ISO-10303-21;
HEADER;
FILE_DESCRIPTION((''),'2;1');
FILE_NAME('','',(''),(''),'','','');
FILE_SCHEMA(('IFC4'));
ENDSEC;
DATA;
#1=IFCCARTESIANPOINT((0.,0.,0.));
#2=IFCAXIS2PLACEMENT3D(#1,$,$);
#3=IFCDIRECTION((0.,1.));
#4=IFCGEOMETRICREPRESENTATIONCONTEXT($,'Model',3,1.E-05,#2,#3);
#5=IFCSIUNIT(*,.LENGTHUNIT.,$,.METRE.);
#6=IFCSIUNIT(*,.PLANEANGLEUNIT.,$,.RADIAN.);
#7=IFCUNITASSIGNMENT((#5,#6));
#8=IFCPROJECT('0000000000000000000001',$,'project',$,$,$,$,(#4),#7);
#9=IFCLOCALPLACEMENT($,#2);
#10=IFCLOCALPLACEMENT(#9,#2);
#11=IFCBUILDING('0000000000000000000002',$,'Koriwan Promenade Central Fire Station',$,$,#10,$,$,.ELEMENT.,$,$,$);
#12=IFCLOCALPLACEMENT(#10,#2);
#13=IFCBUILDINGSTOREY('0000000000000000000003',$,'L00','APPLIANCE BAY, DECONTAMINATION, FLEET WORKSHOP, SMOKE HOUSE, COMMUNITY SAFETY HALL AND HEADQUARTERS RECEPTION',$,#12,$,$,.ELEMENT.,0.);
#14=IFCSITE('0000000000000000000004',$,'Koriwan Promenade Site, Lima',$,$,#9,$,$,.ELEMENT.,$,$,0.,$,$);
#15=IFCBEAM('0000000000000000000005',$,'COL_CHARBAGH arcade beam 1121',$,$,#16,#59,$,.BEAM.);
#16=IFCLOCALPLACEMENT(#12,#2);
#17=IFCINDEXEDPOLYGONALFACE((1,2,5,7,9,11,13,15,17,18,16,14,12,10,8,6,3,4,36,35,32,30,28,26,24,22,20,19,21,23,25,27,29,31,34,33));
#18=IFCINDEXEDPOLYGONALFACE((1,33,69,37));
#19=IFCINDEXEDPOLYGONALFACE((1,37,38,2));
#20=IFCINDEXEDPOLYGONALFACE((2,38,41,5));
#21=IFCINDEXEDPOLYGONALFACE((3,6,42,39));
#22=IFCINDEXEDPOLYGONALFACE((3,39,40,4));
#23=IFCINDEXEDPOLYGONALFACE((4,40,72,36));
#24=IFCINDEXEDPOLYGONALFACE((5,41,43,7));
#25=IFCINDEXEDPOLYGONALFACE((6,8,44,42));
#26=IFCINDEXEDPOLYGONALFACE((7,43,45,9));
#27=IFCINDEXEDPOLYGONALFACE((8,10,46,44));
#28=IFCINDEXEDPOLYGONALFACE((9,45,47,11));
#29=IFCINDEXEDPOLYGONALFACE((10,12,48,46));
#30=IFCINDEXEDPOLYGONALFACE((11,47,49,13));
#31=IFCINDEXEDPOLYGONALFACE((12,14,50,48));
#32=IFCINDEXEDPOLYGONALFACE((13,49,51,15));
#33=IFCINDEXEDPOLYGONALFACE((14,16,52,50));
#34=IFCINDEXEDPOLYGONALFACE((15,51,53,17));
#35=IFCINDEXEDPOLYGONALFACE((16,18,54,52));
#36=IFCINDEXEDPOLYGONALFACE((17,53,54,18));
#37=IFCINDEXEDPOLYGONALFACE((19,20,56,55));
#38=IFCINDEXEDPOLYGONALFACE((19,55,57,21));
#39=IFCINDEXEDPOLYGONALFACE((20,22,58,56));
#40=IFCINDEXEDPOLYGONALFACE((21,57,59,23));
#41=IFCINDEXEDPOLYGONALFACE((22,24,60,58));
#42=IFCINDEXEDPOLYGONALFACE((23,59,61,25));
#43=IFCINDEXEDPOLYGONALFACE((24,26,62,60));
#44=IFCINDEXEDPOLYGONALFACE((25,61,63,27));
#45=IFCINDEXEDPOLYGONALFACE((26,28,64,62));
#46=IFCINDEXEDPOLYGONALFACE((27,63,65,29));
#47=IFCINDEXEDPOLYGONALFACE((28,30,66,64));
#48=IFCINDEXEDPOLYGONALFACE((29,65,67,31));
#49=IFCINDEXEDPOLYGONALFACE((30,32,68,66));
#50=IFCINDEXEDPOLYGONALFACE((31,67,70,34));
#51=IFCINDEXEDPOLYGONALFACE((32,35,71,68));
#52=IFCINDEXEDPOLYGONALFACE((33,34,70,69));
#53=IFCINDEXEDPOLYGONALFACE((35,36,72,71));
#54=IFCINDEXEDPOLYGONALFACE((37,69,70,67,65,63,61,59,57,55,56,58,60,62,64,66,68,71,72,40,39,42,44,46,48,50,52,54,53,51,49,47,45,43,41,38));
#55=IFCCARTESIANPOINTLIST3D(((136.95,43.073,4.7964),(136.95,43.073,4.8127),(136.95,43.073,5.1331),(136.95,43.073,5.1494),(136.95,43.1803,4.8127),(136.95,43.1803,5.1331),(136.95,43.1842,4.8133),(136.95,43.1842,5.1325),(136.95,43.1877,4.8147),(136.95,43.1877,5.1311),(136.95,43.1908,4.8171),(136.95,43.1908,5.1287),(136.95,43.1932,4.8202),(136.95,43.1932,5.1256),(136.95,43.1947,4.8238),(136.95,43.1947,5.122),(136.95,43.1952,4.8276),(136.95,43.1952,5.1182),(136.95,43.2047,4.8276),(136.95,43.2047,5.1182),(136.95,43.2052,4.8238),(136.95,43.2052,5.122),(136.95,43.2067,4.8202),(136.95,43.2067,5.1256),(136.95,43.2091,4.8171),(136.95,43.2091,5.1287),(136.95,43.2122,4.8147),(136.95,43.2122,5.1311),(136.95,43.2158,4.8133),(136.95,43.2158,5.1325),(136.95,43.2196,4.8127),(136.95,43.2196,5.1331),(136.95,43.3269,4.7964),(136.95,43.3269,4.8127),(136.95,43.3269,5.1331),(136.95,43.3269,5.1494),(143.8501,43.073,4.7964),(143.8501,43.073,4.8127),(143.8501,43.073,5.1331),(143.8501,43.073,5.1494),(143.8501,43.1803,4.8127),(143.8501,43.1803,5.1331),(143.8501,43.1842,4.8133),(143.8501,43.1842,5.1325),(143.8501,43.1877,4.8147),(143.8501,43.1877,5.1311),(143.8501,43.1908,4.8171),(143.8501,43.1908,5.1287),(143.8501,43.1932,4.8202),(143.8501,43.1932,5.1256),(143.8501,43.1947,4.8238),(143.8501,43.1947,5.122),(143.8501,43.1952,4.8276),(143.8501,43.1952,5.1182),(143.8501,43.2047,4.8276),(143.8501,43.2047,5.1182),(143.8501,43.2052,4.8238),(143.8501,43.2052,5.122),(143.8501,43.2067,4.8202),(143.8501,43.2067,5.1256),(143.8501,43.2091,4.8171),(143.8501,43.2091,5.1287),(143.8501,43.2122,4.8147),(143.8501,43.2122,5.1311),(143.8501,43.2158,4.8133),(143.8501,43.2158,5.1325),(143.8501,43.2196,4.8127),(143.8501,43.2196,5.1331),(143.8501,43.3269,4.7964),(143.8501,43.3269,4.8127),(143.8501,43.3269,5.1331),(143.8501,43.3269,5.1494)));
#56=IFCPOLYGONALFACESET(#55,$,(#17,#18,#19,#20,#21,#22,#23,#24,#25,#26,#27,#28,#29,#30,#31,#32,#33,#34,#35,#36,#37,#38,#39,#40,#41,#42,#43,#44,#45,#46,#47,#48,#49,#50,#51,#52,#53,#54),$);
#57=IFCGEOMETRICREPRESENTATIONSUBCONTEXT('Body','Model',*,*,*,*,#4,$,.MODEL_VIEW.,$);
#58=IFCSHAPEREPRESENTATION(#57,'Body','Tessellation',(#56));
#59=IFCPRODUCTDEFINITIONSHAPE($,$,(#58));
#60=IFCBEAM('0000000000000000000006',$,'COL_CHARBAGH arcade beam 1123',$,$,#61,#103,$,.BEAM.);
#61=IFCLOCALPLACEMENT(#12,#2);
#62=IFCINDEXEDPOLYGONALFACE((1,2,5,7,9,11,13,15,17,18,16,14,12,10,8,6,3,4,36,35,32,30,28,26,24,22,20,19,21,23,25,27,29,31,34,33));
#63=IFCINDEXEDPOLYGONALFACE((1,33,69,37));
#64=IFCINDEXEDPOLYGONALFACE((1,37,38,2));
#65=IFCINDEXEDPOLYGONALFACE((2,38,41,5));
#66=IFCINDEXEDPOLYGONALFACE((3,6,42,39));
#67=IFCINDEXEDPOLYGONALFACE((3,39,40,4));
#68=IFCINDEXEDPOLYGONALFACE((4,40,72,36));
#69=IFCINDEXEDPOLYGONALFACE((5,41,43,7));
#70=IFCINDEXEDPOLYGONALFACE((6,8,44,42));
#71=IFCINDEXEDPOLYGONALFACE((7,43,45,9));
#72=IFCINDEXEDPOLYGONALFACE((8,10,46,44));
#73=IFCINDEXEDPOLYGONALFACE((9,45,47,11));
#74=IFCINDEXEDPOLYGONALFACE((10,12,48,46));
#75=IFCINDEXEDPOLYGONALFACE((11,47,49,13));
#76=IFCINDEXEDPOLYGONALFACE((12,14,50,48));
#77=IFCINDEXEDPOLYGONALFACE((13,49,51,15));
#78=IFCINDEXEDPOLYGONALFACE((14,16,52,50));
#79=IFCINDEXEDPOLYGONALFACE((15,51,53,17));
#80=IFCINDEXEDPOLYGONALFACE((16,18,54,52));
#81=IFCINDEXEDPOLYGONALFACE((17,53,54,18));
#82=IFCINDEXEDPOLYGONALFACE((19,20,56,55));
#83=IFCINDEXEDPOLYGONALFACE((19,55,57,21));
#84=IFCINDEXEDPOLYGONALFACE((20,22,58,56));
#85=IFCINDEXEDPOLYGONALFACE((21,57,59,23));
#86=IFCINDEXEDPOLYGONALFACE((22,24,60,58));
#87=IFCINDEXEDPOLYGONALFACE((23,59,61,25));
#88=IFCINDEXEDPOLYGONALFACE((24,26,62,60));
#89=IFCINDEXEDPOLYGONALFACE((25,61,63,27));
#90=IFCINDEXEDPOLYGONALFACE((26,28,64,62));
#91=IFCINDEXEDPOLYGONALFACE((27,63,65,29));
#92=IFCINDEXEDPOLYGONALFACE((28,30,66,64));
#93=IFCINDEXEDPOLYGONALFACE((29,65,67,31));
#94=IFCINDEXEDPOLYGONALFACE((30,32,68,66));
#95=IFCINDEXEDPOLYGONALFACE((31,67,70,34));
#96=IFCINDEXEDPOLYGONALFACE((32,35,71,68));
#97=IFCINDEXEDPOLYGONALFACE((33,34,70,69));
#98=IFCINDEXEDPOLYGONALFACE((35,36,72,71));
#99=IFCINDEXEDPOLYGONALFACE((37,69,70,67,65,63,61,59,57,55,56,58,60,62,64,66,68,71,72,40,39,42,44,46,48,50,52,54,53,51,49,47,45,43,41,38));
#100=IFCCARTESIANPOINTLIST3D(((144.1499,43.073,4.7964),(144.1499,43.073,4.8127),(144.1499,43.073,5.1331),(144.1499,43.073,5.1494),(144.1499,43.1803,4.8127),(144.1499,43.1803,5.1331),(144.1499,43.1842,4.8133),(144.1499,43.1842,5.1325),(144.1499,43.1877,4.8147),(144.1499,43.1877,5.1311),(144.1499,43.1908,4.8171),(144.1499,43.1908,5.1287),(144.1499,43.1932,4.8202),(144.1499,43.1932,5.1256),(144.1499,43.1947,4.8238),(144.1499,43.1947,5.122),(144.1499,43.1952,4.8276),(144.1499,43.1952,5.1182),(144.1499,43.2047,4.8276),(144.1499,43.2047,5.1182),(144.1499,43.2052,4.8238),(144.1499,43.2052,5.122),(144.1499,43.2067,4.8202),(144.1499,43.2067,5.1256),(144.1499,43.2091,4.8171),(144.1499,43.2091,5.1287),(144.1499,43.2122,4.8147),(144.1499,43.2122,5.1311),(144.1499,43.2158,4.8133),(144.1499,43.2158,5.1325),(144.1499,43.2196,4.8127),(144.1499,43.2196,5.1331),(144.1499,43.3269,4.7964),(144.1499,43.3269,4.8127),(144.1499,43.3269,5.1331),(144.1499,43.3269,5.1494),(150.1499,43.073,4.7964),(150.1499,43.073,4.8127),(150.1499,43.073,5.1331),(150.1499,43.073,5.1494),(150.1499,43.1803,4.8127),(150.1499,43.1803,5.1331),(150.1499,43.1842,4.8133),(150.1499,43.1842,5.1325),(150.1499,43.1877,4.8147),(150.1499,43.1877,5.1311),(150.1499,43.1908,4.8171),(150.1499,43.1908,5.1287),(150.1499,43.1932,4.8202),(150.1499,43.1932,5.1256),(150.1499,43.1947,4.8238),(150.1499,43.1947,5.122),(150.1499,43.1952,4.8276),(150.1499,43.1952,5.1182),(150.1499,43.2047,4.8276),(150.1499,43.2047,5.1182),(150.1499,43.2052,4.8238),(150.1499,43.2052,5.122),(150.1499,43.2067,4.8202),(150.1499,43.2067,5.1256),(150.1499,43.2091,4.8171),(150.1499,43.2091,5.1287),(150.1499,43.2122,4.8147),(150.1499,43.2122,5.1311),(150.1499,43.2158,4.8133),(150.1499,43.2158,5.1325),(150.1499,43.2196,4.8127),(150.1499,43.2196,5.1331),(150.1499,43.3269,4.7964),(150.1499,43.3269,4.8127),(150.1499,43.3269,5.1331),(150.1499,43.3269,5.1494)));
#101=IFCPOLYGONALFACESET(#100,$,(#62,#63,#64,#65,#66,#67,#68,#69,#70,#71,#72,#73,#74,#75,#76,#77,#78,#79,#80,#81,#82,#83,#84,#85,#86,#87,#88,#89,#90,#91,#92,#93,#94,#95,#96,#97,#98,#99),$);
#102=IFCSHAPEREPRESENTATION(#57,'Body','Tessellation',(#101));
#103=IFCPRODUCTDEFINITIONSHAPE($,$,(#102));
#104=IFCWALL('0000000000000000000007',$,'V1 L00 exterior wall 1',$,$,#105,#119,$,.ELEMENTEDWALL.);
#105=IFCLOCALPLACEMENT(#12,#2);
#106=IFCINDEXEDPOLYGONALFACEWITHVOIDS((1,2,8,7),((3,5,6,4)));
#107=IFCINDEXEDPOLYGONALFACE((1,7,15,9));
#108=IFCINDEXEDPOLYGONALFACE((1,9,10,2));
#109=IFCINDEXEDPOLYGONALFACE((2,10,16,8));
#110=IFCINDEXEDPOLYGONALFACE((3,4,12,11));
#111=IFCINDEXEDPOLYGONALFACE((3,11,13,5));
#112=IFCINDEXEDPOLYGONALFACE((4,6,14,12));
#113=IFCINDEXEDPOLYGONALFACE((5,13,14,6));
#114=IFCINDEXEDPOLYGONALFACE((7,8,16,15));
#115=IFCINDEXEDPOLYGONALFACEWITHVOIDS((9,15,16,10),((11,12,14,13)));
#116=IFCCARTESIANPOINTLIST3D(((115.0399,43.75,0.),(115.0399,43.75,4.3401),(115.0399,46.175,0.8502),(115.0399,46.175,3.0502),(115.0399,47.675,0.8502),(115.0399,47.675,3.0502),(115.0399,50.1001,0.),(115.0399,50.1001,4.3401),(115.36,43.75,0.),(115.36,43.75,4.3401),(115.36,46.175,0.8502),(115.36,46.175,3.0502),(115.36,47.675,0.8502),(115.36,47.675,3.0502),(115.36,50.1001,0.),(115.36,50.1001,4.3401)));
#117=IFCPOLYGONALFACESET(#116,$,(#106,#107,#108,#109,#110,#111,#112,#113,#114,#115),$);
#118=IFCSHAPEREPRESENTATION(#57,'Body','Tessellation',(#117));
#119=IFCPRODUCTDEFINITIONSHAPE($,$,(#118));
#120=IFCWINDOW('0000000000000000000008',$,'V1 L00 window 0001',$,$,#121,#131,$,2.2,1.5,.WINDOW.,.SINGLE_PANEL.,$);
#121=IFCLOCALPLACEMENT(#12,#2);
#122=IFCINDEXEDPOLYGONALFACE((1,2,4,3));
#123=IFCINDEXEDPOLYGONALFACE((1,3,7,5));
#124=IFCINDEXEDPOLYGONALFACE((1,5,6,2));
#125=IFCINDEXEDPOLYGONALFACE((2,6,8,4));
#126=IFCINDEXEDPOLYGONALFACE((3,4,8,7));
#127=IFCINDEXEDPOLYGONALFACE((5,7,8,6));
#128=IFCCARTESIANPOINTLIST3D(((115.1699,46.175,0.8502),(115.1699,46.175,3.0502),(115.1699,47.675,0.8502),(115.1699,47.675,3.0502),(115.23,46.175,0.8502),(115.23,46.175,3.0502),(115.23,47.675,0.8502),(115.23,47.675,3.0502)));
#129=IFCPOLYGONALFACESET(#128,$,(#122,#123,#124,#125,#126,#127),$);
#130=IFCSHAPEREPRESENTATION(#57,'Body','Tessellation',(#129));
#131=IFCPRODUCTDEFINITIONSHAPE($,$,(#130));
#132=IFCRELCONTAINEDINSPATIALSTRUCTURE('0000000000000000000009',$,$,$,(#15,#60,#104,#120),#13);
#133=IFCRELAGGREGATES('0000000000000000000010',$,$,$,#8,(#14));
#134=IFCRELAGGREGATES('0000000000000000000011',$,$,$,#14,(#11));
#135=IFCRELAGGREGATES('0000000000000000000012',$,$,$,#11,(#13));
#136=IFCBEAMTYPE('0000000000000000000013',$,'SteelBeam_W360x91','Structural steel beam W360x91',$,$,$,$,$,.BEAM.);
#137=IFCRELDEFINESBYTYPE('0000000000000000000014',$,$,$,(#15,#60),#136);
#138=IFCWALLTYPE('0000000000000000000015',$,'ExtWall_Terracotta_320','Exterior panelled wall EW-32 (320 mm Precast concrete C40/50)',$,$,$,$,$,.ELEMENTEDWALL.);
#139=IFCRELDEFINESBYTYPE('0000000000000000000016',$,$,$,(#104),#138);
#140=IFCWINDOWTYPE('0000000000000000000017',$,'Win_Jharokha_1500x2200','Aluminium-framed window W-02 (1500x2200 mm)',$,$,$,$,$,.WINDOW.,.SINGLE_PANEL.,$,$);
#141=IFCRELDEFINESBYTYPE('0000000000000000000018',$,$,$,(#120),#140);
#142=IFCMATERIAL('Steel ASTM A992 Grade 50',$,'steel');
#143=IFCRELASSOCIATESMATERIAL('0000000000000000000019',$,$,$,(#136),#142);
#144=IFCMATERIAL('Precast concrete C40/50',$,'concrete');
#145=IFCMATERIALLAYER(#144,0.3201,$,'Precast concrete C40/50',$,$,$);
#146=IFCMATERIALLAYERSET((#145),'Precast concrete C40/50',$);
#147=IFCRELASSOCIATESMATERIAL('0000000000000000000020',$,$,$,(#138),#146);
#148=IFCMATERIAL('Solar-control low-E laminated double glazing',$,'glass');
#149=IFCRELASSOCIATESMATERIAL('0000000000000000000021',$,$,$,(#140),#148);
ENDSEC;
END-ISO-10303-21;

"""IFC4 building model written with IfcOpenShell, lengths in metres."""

from ifc_helpers import new_model, si_unit, direction, frame, frame_2d, origin, origin_2d, place, context, subcontext, project, spatial, rectangle, i_section, extrude, material, layer, layer_set, material_profile, profile_set, type_object, element, fill, save


model = new_model("IFC4")

# Units and contexts
model_context = context("Model", 3, precision=1e-05, world=origin(), true_north=direction((0.0, 1.0)))
body_context = subcontext(model_context, "Body", "Model", "MODEL_VIEW")
ifc_project = project(units=[si_unit("LENGTHUNIT", "METRE"), si_unit("PLANEANGLEUNIT", "RADIAN")], contexts=[model_context])

# Site, building, storey
site_placement = place(None, origin())
site = spatial("IfcSite", under=ifc_project, at=site_placement, Name="Koriwan Promenade Site, Lima", CompositionType="ELEMENT", RefElevation=0.0)
building_placement = place(site_placement, origin())
building = spatial("IfcBuilding", under=site, at=building_placement, Name="Koriwan Promenade Central Fire Station", CompositionType="ELEMENT")
storey_placement = place(building_placement, origin())
storey = spatial("IfcBuildingStorey", under=building, at=storey_placement, Name="L00", Description="APPLIANCE BAY, DECONTAMINATION, FLEET WORKSHOP, SMOKE HOUSE, COMMUNITY SAFETY HALL AND HEADQUARTERS RECEPTION", CompositionType="ELEMENT", Elevation=0.0)

# Beams
ifc_material_1 = material(Name="Steel ASTM A992 Grade 50", Category="steel")
ifc_material_profile_1 = material_profile(ifc_material_1, i_section(OverallWidth=0.2539, OverallDepth=0.353, WebThickness=0.0095, FlangeThickness=0.0164, FilletRadius=0.0149, at=origin_2d()), Name="W360x91")
ifc_profile_set_1 = profile_set([ifc_material_profile_1], Name="Steel ASTM A992 Grade 50")
beam_type_1 = type_object("IfcBeamType", Name="SteelBeam_W360x91", Description="Structural steel beam W360x91", PredefinedType="BEAM", material=ifc_profile_set_1)
beam_1_placement = place(storey_placement, frame((136.95, 43.2, 4.9729), z_axis=(1.0, 0.0, 0.0), x_axis=(0.0, 1.0, 0.0)))
element("IfcBeam", 1, at=beam_1_placement, inside=storey, type_object=beam_type_1, Name="COL_CHARBAGH arcade beam 1121", PredefinedType="BEAM", context=body_context, shape_type="SweptSolid", body=[
    extrude(i_section(OverallWidth=0.2539, OverallDepth=0.353, WebThickness=0.0095, FlangeThickness=0.0164, FilletRadius=0.0149, at=origin_2d()), origin(), (0.0, 0.0, 1.0), 6.9001),
])
beam_2_placement = place(storey_placement, frame((144.1499, 43.2, 4.9729), z_axis=(1.0, 0.0, 0.0), x_axis=(0.0, 1.0, 0.0)))
element("IfcBeam", 2, at=beam_2_placement, inside=storey, type_object=beam_type_1, Name="COL_CHARBAGH arcade beam 1123", PredefinedType="BEAM", context=body_context, shape_type="SweptSolid", body=[
    extrude(i_section(OverallWidth=0.2539, OverallDepth=0.353, WebThickness=0.0095, FlangeThickness=0.0164, FilletRadius=0.0149, at=origin_2d()), origin(), (0.0, 0.0, 1.0), 6.0),
])

# Wall, opening, window
ifc_material_2 = material(Name="Precast concrete C40/50", Category="concrete")
ifc_layer = layer(ifc_material_2, 0.3201, Name="Precast concrete C40/50")
ifc_layer_set = layer_set([ifc_layer], Name="Precast concrete C40/50")
wall_type = type_object("IfcWallType", Name="ExtWall_Terracotta_320", Description="Exterior panelled wall EW-32 (320 mm Precast concrete C40/50)", PredefinedType="ELEMENTEDWALL", material=ifc_layer_set)
wall_placement = place(storey_placement, frame((115.2, 43.75, 0.0), z_axis=(0.0, 0.0, 1.0), x_axis=(0.0, 1.0, 0.0)))
wall = element("IfcWall", 3, at=wall_placement, inside=storey, type_object=wall_type, Name="V1 L00 exterior wall 1", PredefinedType="ELEMENTEDWALL", context=body_context, shape_type="SweptSolid", body=[
    extrude(rectangle(XDim=6.3501, YDim=0.3201, at=frame_2d((3.175, 0.0))), origin(), (0.0, 0.0, 1.0), 4.3401),
])
opening_placement = place(wall_placement, frame((2.425, 0.0, 0.8501)))
opening = element("IfcOpeningElement", 4, at=opening_placement, cuts=wall, PredefinedType="OPENING", context=body_context, shape_type="SweptSolid", body=[
    extrude(rectangle(XDim=1.5, YDim=2.2, at=frame_2d((0.75, 1.1001))), frame((0.0, 0.1719, 0.0), z_axis=(0.0, -1.0, 0.0), x_axis=(1.0, 0.0, 0.0)), (0.0, 0.0, 1.0), 0.344),
])
ifc_material_3 = material(Name="Solar-control low-E laminated double glazing", Category="glass")
window_type = type_object("IfcWindowType", Name="Win_Jharokha_1500x2200", Description="Aluminium-framed window W-02 (1500x2200 mm)", PartitioningType="SINGLE_PANEL", PredefinedType="WINDOW", material=ifc_material_3)
window_placement = place(opening_placement, origin())
window = element("IfcWindow", 5, at=window_placement, inside=storey, type_object=window_type, Name="V1 L00 window 0001", OverallHeight=2.2, OverallWidth=1.5, PartitioningType="SINGLE_PANEL", PredefinedType="WINDOW", context=body_context, shape_type="SweptSolid", body=[
    extrude(rectangle(XDim=1.5, YDim=2.2, at=frame_2d((0.75, 1.1001))), frame((0.0, 0.03, 0.0), z_axis=(0.0, -1.0, 0.0), x_axis=(1.0, 0.0, 0.0)), (0.0, 0.0, 1.0), 0.0601),
])
fill(opening, window)

save(model, "model.ifc")
